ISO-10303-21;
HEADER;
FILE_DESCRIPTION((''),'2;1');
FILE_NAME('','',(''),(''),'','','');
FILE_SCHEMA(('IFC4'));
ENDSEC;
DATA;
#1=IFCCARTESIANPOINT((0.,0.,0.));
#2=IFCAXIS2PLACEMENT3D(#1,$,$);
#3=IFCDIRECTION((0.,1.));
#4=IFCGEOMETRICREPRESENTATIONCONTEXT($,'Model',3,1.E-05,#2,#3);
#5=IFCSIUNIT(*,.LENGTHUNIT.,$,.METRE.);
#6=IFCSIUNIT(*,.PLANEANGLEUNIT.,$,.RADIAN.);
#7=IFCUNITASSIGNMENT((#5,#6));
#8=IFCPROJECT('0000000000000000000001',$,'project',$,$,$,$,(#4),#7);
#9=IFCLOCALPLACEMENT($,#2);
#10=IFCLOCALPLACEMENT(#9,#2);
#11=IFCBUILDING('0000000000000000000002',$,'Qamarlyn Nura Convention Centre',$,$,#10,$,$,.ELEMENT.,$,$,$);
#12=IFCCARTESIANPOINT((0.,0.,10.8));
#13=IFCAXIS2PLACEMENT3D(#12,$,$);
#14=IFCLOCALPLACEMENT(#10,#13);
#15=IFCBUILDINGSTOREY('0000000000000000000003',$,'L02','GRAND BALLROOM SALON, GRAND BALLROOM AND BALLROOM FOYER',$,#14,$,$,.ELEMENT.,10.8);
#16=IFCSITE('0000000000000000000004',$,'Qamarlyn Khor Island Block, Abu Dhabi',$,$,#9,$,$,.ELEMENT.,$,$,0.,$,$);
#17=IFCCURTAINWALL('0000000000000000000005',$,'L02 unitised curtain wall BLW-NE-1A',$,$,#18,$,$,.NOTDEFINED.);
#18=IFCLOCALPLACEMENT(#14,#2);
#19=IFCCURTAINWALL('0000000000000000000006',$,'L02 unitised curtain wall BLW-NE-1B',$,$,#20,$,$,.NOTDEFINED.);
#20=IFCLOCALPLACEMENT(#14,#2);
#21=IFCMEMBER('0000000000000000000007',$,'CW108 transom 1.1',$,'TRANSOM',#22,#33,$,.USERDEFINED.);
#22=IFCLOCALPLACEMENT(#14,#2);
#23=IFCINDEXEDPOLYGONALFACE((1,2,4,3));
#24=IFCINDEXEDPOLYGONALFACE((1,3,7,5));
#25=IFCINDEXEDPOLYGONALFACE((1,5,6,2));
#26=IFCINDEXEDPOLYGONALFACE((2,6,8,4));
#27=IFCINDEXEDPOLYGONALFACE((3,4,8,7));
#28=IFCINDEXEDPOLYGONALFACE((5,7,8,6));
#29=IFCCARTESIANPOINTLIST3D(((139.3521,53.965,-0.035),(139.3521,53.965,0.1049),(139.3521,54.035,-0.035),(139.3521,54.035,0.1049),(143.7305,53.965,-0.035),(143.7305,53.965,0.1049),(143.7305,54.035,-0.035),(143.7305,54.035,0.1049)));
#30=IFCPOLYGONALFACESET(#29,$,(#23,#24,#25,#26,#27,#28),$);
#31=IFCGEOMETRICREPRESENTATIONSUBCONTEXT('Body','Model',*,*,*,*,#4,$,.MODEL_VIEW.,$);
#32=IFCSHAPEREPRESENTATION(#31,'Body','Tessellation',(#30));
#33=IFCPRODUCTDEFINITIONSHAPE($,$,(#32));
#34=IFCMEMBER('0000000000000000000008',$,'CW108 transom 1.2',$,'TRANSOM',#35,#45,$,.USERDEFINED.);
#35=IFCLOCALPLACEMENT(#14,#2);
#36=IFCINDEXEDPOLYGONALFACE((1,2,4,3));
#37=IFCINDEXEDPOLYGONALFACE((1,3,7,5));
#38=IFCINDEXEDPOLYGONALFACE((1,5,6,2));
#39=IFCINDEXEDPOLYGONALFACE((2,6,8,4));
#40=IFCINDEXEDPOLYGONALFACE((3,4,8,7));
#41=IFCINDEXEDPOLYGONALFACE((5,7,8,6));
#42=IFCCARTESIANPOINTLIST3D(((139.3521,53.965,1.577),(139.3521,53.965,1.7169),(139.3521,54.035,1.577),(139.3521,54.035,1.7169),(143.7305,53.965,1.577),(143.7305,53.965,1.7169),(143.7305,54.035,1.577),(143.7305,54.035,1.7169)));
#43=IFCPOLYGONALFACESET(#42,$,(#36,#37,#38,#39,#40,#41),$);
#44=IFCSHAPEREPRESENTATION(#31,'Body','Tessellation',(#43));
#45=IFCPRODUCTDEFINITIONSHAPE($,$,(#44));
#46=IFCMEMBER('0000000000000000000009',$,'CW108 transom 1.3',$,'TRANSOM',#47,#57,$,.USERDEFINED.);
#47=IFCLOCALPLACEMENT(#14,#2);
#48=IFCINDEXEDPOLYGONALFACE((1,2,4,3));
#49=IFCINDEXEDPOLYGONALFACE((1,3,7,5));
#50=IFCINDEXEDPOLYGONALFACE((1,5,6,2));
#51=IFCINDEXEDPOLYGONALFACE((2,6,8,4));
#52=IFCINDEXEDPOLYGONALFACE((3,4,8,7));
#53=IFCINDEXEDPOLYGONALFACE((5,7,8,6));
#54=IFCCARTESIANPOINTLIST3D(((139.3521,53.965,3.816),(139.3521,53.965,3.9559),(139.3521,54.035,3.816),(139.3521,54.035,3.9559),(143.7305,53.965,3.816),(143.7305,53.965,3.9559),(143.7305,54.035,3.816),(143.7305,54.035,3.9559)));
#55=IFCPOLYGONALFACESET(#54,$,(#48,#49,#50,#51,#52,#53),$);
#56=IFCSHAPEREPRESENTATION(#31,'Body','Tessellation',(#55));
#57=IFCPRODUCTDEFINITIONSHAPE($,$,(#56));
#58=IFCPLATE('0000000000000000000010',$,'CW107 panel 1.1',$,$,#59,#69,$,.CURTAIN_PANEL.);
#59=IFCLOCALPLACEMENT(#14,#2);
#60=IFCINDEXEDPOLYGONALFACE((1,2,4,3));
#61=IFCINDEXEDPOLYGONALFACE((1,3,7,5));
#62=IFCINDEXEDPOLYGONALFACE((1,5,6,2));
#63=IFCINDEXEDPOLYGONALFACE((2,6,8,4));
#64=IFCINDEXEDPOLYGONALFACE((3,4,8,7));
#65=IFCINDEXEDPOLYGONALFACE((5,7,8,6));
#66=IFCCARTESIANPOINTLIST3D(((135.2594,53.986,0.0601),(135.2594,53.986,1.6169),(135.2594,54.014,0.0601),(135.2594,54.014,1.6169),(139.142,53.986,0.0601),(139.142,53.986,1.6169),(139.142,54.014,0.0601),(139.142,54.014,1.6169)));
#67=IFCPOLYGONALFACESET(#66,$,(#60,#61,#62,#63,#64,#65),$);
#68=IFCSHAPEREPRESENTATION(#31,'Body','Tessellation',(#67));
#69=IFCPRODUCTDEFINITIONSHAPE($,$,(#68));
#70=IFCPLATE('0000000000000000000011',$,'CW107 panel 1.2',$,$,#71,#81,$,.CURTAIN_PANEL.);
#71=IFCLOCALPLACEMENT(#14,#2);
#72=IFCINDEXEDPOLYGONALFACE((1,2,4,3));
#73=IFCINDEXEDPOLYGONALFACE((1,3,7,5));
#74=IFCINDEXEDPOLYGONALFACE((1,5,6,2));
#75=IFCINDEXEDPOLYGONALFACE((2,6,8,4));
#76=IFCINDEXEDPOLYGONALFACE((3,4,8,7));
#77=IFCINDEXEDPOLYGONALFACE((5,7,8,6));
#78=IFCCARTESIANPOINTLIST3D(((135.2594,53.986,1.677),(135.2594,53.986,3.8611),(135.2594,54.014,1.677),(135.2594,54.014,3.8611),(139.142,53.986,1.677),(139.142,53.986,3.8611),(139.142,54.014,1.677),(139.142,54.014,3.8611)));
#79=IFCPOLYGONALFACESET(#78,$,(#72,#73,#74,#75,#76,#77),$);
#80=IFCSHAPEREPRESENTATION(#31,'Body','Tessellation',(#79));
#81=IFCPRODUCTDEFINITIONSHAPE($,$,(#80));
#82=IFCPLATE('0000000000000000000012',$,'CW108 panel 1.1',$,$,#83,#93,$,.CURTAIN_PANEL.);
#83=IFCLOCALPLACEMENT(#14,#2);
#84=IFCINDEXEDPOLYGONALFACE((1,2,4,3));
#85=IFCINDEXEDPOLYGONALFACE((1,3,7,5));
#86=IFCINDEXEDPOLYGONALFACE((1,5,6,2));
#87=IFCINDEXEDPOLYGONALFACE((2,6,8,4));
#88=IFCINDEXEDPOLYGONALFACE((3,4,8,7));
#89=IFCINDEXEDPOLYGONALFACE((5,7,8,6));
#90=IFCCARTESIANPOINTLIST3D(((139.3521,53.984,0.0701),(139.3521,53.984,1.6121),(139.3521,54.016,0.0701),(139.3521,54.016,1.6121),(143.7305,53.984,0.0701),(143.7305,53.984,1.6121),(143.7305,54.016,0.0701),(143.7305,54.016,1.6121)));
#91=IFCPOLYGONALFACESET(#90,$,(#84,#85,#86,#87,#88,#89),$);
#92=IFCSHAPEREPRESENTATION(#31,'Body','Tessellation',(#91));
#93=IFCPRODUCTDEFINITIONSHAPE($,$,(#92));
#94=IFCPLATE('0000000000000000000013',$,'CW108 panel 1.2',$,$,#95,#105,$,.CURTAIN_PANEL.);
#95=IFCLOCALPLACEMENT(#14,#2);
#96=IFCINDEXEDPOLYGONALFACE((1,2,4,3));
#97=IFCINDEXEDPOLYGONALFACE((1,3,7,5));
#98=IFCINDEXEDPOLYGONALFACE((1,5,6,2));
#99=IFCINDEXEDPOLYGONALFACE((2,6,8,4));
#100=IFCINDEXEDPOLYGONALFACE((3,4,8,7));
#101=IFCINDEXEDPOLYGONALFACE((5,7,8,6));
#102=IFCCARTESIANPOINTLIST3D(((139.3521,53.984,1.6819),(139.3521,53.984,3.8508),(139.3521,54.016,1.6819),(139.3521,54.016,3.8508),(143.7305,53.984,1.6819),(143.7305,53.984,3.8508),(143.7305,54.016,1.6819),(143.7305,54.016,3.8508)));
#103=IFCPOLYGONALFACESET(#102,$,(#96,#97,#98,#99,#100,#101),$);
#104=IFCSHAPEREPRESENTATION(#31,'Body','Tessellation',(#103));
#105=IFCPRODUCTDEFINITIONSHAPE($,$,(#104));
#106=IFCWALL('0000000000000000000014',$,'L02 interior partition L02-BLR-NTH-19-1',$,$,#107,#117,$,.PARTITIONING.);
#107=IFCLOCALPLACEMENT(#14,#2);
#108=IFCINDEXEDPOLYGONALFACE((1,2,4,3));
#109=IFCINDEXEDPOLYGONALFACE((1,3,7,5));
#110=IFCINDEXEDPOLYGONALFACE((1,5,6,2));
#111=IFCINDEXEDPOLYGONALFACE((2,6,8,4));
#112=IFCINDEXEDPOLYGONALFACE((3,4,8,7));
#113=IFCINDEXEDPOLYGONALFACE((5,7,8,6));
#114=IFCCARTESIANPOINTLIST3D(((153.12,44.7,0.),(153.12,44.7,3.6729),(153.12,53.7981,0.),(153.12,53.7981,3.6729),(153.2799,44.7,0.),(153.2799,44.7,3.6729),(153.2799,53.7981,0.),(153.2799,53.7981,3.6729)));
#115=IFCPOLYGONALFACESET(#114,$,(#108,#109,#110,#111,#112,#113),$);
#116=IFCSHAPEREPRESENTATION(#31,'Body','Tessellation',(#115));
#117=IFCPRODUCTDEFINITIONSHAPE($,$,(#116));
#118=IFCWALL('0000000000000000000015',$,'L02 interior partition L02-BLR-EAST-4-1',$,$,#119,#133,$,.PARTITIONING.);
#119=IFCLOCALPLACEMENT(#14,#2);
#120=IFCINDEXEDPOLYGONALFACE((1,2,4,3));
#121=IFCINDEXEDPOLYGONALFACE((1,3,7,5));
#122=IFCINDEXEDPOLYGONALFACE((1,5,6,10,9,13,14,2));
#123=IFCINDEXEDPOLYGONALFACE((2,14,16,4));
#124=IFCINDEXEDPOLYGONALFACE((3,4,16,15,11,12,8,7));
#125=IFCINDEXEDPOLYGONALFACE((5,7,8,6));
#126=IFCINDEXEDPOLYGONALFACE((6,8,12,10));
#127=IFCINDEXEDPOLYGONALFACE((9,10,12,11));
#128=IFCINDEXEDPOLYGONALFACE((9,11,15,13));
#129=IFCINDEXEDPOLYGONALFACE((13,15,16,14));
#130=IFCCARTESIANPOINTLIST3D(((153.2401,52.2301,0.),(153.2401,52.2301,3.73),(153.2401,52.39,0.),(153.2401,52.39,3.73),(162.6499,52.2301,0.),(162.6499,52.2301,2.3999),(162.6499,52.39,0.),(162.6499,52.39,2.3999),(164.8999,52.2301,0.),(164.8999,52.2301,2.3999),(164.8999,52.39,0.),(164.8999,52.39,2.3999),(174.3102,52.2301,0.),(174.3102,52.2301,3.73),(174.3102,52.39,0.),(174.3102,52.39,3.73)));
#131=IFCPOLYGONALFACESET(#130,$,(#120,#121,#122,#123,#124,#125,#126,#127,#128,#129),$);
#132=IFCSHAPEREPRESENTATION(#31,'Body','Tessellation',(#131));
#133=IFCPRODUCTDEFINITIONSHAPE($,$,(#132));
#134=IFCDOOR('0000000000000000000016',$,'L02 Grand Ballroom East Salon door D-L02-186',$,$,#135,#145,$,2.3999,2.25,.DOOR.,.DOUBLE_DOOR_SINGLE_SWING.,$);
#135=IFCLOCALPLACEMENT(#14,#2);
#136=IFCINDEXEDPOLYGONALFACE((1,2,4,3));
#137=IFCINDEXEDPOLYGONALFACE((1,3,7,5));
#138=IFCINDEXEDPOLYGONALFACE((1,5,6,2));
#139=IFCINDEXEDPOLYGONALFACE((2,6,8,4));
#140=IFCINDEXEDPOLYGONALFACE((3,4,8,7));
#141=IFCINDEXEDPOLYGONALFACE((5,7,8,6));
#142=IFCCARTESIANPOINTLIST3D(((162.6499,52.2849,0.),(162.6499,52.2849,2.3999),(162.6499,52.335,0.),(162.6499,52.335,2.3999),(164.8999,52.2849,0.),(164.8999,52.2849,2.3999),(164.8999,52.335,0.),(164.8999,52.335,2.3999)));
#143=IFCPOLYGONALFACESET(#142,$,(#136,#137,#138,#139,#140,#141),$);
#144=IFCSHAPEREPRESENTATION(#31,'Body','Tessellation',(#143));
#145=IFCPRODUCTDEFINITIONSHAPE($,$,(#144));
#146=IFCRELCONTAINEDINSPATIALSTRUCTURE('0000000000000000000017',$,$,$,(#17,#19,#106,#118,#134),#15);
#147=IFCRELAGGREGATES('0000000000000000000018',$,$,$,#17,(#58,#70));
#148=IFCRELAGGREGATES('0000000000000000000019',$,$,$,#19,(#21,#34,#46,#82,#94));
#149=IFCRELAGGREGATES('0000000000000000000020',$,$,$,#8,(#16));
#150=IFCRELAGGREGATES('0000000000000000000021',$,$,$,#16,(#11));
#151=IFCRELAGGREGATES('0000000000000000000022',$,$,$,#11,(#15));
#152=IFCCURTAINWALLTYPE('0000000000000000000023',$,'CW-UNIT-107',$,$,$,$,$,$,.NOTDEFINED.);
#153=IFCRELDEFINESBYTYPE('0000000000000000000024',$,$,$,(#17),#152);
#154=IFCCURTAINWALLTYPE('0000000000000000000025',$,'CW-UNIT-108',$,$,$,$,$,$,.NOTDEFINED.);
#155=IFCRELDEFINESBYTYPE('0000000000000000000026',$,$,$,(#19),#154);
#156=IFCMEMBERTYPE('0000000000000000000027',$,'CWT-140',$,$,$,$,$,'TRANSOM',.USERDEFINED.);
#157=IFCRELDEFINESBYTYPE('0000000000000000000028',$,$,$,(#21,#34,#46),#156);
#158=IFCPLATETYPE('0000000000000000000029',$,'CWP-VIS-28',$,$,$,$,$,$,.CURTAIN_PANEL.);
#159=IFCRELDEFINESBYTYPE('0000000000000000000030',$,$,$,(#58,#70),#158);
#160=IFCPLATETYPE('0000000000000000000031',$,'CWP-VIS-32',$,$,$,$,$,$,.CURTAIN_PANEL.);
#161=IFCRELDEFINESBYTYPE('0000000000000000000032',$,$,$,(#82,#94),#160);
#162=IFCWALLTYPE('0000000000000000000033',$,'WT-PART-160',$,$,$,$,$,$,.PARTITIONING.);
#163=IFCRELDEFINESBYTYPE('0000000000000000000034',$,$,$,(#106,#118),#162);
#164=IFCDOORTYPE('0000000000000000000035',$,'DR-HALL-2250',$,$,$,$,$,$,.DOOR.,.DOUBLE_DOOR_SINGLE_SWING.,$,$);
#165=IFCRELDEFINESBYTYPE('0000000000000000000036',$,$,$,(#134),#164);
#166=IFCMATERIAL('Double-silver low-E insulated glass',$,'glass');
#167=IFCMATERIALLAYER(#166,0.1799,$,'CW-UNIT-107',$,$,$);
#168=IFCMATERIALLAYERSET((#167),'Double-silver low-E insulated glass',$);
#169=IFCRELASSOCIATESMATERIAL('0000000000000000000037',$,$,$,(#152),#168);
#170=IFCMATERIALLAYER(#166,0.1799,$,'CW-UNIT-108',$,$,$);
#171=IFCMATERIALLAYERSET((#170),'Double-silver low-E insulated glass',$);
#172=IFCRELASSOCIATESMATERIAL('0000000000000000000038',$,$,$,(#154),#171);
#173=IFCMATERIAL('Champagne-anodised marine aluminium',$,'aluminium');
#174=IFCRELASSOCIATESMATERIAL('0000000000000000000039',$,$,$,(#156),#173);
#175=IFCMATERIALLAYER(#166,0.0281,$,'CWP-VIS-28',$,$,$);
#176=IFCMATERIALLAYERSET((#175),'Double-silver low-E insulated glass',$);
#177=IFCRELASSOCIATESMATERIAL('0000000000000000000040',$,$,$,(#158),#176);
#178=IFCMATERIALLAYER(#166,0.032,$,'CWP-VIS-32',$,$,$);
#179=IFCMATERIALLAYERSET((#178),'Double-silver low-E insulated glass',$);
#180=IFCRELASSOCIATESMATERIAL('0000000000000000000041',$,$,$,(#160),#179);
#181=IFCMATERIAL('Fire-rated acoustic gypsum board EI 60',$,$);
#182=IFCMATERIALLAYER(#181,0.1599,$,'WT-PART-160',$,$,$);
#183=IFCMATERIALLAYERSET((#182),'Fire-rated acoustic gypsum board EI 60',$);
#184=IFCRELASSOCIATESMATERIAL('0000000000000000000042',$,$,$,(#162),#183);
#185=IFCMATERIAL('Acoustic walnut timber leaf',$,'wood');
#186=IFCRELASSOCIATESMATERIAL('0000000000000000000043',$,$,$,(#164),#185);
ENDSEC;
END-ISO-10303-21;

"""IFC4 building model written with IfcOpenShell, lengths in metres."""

from ifc_helpers import new_model, si_unit, direction, frame, frame_2d, origin, origin_2d, place, context, subcontext, project, spatial, rectangle, extrude, material, layer, layer_set, material_profile, profile_set, type_object, element, fill, aggregate, save


model = new_model("IFC4")

# Units and contexts
model_context = context("Model", 3, precision=1e-05, world=origin(), true_north=direction((0.0, 1.0)))
body_context = subcontext(model_context, "Body", "Model", "MODEL_VIEW")
ifc_project = project(units=[si_unit("LENGTHUNIT", "METRE"), si_unit("PLANEANGLEUNIT", "RADIAN")], contexts=[model_context])

# Site, building, storey
site_placement = place(None, origin())
site = spatial("IfcSite", under=ifc_project, at=site_placement, Name="Qamarlyn Khor Island Block, Abu Dhabi", CompositionType="ELEMENT", RefElevation=0.0)
building_placement = place(site_placement, origin())
building = spatial("IfcBuilding", under=site, at=building_placement, Name="Qamarlyn Nura Convention Centre", CompositionType="ELEMENT")
storey_placement = place(building_placement, frame((0.0, 0.0, 10.8)))
storey = spatial("IfcBuildingStorey", under=building, at=storey_placement, Name="L02", Description="GRAND BALLROOM SALON, GRAND BALLROOM AND BALLROOM FOYER", CompositionType="ELEMENT", Elevation=10.8)

# Curtain wall
ifc_material_1 = material(Name="Double-silver low-E insulated glass", Category="glass")
ifc_layer_1 = layer(ifc_material_1, 0.1799, Name="CW-UNIT-107")
ifc_layer_set_1 = layer_set([ifc_layer_1], Name="Double-silver low-E insulated glass")
curtain_wall_type_1 = type_object("IfcCurtainWallType", Name="CW-UNIT-107", PredefinedType="NOTDEFINED", material=ifc_layer_set_1)
curtain_wall_1_placement = place(storey_placement, origin())
curtain_wall_1 = element("IfcCurtainWall", 1, at=curtain_wall_1_placement, inside=storey, type_object=curtain_wall_type_1, Name="L02 unitised curtain wall BLW-NE-1A", PredefinedType="NOTDEFINED")
ifc_material_2 = material(Name="Champagne-anodised marine aluminium", Category="aluminium")

# Curtain wall
ifc_layer_2 = layer(ifc_material_1, 0.1799, Name="CW-UNIT-108")
ifc_layer_set_2 = layer_set([ifc_layer_2], Name="Double-silver low-E insulated glass")
curtain_wall_type_2 = type_object("IfcCurtainWallType", Name="CW-UNIT-108", PredefinedType="NOTDEFINED", material=ifc_layer_set_2)
curtain_wall_2_placement = place(storey_placement, origin())
curtain_wall_2 = element("IfcCurtainWall", 2, at=curtain_wall_2_placement, inside=storey, type_object=curtain_wall_type_2, Name="L02 unitised curtain wall BLW-NE-1B", PredefinedType="NOTDEFINED")

# Members
ifc_material_profile_1 = material_profile(ifc_material_2, rectangle(XDim=0.0701, YDim=0.1399, at=origin_2d()), Name="ALU TRANSOM 70x140")
ifc_profile_set_1 = profile_set([ifc_material_profile_1], Name="Champagne-anodised marine aluminium")
member_type_1 = type_object("IfcMemberType", Name="CWT-140", ElementType="TRANSOM", PredefinedType="USERDEFINED", material=ifc_profile_set_1)
member_1_placement = place(storey_placement, frame((139.3521, 54.0, 0.0349), z_axis=(1.0, 0.0, 0.0), x_axis=(0.0, 1.0, 0.0)))
member_1 = element("IfcMember", 3, at=member_1_placement, type_object=member_type_1, Name="CW108 transom 1.1", ObjectType="TRANSOM", PredefinedType="USERDEFINED", context=body_context, shape_type="SweptSolid", body=[
    extrude(rectangle(XDim=0.0701, YDim=0.1399, at=origin_2d()), origin(), (0.0, 0.0, 1.0), 4.3784),
])
member_2_placement = place(storey_placement, frame((139.3521, 54.0, 1.647), z_axis=(1.0, 0.0, 0.0), x_axis=(0.0, 1.0, 0.0)))
member_2 = element("IfcMember", 4, at=member_2_placement, type_object=member_type_1, Name="CW108 transom 1.2", ObjectType="TRANSOM", PredefinedType="USERDEFINED", context=body_context, shape_type="SweptSolid", body=[
    extrude(rectangle(XDim=0.0701, YDim=0.1399, at=origin_2d()), origin(), (0.0, 0.0, 1.0), 4.3784),
])
member_3_placement = place(storey_placement, frame((139.3521, 54.0, 3.886), z_axis=(1.0, 0.0, 0.0), x_axis=(0.0, 1.0, 0.0)))
member_3 = element("IfcMember", 5, at=member_3_placement, type_object=member_type_1, Name="CW108 transom 1.3", ObjectType="TRANSOM", PredefinedType="USERDEFINED", context=body_context, shape_type="SweptSolid", body=[
    extrude(rectangle(XDim=0.0701, YDim=0.1399, at=origin_2d()), origin(), (0.0, 0.0, 1.0), 4.3784),
])

# Plates
ifc_layer_3 = layer(ifc_material_1, 0.0281, Name="CWP-VIS-28")
ifc_layer_set_3 = layer_set([ifc_layer_3], Name="Double-silver low-E insulated glass")
plate_type_1 = type_object("IfcPlateType", Name="CWP-VIS-28", PredefinedType="CURTAIN_PANEL", material=ifc_layer_set_3)
plate_1_placement = place(storey_placement, frame((137.2007, 54.0, 0.0601), z_axis=(0.0, 0.0, 1.0), x_axis=(1.0, 0.0, 0.0)))
plate_1 = element("IfcPlate", 6, at=plate_1_placement, type_object=plate_type_1, Name="CW107 panel 1.1", PredefinedType="CURTAIN_PANEL", context=body_context, shape_type="SweptSolid", body=[
    extrude(rectangle(XDim=3.8826, YDim=0.0281, at=origin_2d()), origin(), (0.0, 0.0, 1.0), 1.5569),
])
plate_2_placement = place(storey_placement, frame((137.2007, 54.0, 1.677), z_axis=(0.0, 0.0, 1.0), x_axis=(1.0, 0.0, 0.0)))
plate_2 = element("IfcPlate", 7, at=plate_2_placement, type_object=plate_type_1, Name="CW107 panel 1.2", PredefinedType="CURTAIN_PANEL", context=body_context, shape_type="SweptSolid", body=[
    extrude(rectangle(XDim=3.8826, YDim=0.0281, at=origin_2d()), origin(), (0.0, 0.0, 1.0), 2.1841),
])
aggregate(curtain_wall_1, [plate_1, plate_2])
ifc_layer_4 = layer(ifc_material_1, 0.032, Name="CWP-VIS-32")
ifc_layer_set_4 = layer_set([ifc_layer_4], Name="Double-silver low-E insulated glass")
plate_type_2 = type_object("IfcPlateType", Name="CWP-VIS-32", PredefinedType="CURTAIN_PANEL", material=ifc_layer_set_4)
plate_3_placement = place(storey_placement, frame((141.5413, 54.0, 0.0701), z_axis=(0.0, 0.0, 1.0), x_axis=(1.0, 0.0, 0.0)))
plate_3 = element("IfcPlate", 8, at=plate_3_placement, type_object=plate_type_2, Name="CW108 panel 1.1", PredefinedType="CURTAIN_PANEL", context=body_context, shape_type="SweptSolid", body=[
    extrude(rectangle(XDim=4.3784, YDim=0.032, at=origin_2d()), origin(), (0.0, 0.0, 1.0), 1.542),
])
plate_4_placement = place(storey_placement, frame((141.5413, 54.0, 1.6819), z_axis=(0.0, 0.0, 1.0), x_axis=(1.0, 0.0, 0.0)))
plate_4 = element("IfcPlate", 9, at=plate_4_placement, type_object=plate_type_2, Name="CW108 panel 1.2", PredefinedType="CURTAIN_PANEL", context=body_context, shape_type="SweptSolid", body=[
    extrude(rectangle(XDim=4.3784, YDim=0.032, at=origin_2d()), origin(), (0.0, 0.0, 1.0), 2.1689),
])
aggregate(curtain_wall_2, [member_1, member_2, member_3, plate_3, plate_4])

# Wall
ifc_material_3 = material(Name="Fire-rated acoustic gypsum board EI 60")
ifc_layer_5 = layer(ifc_material_3, 0.1599, Name="WT-PART-160")
ifc_layer_set_5 = layer_set([ifc_layer_5], Name="Fire-rated acoustic gypsum board EI 60")
wall_type = type_object("IfcWallType", Name="WT-PART-160", PredefinedType="PARTITIONING", material=ifc_layer_set_5)
wall_1_placement = place(storey_placement, frame((153.2, 53.7981, 0.0), z_axis=(0.0, 0.0, 1.0), x_axis=(0.0, -1.0, 0.0)))
element("IfcWall", 10, at=wall_1_placement, inside=storey, type_object=wall_type, Name="L02 interior partition L02-BLR-NTH-19-1", PredefinedType="PARTITIONING", context=body_context, shape_type="SweptSolid", body=[
    extrude(rectangle(XDim=9.0981, YDim=0.1599, at=frame_2d((4.5491, 0.0))), origin(), (0.0, 0.0, 1.0), 3.6729),
])

# Wall, opening, door
wall_2_placement = place(storey_placement, frame((153.24, 52.3101, 0.0), z_axis=(0.0, 0.0, 1.0), x_axis=(1.0, 0.0, 0.0)))
wall_2 = element("IfcWall", 11, at=wall_2_placement, inside=storey, type_object=wall_type, Name="L02 interior partition L02-BLR-EAST-4-1", PredefinedType="PARTITIONING", context=body_context, shape_type="SweptSolid", body=[
    extrude(rectangle(XDim=21.0701, YDim=0.1599, at=frame_2d((10.5352, 0.0))), origin(), (0.0, 0.0, 1.0), 3.73),
])
opening_placement = place(wall_2_placement, frame((9.4099, 0.0, 0.0)))
opening = element("IfcOpeningElement", 12, at=opening_placement, cuts=wall_2, PredefinedType="OPENING", context=body_context, shape_type="SweptSolid", body=[
    extrude(rectangle(XDim=2.25, YDim=2.3999, at=frame_2d((1.125, 1.2))), frame((0.0, 0.0898, 0.0), z_axis=(0.0, -1.0, 0.0), x_axis=(1.0, 0.0, 0.0)), (0.0, 0.0, 1.0), 0.1799),
])
ifc_material_4 = material(Name="Acoustic walnut timber leaf", Category="wood")
door_type = type_object("IfcDoorType", Name="DR-HALL-2250", OperationType="DOUBLE_DOOR_SINGLE_SWING", PredefinedType="DOOR", material=ifc_material_4)
door_placement = place(opening_placement, origin())
door = element("IfcDoor", 13, at=door_placement, inside=storey, type_object=door_type, Name="L02 Grand Ballroom East Salon door D-L02-186", OperationType="DOUBLE_DOOR_SINGLE_SWING", OverallHeight=2.3999, OverallWidth=2.25, PredefinedType="DOOR", context=body_context, shape_type="SweptSolid", body=[
    extrude(rectangle(XDim=2.25, YDim=2.3999, at=frame_2d((1.125, 1.2))), frame((0.0, 0.0249, 0.0), z_axis=(0.0, -1.0, 0.0), x_axis=(1.0, 0.0, 0.0)), (0.0, 0.0, 1.0), 0.05),
])
fill(opening, door)

save(model, "model.ifc")
